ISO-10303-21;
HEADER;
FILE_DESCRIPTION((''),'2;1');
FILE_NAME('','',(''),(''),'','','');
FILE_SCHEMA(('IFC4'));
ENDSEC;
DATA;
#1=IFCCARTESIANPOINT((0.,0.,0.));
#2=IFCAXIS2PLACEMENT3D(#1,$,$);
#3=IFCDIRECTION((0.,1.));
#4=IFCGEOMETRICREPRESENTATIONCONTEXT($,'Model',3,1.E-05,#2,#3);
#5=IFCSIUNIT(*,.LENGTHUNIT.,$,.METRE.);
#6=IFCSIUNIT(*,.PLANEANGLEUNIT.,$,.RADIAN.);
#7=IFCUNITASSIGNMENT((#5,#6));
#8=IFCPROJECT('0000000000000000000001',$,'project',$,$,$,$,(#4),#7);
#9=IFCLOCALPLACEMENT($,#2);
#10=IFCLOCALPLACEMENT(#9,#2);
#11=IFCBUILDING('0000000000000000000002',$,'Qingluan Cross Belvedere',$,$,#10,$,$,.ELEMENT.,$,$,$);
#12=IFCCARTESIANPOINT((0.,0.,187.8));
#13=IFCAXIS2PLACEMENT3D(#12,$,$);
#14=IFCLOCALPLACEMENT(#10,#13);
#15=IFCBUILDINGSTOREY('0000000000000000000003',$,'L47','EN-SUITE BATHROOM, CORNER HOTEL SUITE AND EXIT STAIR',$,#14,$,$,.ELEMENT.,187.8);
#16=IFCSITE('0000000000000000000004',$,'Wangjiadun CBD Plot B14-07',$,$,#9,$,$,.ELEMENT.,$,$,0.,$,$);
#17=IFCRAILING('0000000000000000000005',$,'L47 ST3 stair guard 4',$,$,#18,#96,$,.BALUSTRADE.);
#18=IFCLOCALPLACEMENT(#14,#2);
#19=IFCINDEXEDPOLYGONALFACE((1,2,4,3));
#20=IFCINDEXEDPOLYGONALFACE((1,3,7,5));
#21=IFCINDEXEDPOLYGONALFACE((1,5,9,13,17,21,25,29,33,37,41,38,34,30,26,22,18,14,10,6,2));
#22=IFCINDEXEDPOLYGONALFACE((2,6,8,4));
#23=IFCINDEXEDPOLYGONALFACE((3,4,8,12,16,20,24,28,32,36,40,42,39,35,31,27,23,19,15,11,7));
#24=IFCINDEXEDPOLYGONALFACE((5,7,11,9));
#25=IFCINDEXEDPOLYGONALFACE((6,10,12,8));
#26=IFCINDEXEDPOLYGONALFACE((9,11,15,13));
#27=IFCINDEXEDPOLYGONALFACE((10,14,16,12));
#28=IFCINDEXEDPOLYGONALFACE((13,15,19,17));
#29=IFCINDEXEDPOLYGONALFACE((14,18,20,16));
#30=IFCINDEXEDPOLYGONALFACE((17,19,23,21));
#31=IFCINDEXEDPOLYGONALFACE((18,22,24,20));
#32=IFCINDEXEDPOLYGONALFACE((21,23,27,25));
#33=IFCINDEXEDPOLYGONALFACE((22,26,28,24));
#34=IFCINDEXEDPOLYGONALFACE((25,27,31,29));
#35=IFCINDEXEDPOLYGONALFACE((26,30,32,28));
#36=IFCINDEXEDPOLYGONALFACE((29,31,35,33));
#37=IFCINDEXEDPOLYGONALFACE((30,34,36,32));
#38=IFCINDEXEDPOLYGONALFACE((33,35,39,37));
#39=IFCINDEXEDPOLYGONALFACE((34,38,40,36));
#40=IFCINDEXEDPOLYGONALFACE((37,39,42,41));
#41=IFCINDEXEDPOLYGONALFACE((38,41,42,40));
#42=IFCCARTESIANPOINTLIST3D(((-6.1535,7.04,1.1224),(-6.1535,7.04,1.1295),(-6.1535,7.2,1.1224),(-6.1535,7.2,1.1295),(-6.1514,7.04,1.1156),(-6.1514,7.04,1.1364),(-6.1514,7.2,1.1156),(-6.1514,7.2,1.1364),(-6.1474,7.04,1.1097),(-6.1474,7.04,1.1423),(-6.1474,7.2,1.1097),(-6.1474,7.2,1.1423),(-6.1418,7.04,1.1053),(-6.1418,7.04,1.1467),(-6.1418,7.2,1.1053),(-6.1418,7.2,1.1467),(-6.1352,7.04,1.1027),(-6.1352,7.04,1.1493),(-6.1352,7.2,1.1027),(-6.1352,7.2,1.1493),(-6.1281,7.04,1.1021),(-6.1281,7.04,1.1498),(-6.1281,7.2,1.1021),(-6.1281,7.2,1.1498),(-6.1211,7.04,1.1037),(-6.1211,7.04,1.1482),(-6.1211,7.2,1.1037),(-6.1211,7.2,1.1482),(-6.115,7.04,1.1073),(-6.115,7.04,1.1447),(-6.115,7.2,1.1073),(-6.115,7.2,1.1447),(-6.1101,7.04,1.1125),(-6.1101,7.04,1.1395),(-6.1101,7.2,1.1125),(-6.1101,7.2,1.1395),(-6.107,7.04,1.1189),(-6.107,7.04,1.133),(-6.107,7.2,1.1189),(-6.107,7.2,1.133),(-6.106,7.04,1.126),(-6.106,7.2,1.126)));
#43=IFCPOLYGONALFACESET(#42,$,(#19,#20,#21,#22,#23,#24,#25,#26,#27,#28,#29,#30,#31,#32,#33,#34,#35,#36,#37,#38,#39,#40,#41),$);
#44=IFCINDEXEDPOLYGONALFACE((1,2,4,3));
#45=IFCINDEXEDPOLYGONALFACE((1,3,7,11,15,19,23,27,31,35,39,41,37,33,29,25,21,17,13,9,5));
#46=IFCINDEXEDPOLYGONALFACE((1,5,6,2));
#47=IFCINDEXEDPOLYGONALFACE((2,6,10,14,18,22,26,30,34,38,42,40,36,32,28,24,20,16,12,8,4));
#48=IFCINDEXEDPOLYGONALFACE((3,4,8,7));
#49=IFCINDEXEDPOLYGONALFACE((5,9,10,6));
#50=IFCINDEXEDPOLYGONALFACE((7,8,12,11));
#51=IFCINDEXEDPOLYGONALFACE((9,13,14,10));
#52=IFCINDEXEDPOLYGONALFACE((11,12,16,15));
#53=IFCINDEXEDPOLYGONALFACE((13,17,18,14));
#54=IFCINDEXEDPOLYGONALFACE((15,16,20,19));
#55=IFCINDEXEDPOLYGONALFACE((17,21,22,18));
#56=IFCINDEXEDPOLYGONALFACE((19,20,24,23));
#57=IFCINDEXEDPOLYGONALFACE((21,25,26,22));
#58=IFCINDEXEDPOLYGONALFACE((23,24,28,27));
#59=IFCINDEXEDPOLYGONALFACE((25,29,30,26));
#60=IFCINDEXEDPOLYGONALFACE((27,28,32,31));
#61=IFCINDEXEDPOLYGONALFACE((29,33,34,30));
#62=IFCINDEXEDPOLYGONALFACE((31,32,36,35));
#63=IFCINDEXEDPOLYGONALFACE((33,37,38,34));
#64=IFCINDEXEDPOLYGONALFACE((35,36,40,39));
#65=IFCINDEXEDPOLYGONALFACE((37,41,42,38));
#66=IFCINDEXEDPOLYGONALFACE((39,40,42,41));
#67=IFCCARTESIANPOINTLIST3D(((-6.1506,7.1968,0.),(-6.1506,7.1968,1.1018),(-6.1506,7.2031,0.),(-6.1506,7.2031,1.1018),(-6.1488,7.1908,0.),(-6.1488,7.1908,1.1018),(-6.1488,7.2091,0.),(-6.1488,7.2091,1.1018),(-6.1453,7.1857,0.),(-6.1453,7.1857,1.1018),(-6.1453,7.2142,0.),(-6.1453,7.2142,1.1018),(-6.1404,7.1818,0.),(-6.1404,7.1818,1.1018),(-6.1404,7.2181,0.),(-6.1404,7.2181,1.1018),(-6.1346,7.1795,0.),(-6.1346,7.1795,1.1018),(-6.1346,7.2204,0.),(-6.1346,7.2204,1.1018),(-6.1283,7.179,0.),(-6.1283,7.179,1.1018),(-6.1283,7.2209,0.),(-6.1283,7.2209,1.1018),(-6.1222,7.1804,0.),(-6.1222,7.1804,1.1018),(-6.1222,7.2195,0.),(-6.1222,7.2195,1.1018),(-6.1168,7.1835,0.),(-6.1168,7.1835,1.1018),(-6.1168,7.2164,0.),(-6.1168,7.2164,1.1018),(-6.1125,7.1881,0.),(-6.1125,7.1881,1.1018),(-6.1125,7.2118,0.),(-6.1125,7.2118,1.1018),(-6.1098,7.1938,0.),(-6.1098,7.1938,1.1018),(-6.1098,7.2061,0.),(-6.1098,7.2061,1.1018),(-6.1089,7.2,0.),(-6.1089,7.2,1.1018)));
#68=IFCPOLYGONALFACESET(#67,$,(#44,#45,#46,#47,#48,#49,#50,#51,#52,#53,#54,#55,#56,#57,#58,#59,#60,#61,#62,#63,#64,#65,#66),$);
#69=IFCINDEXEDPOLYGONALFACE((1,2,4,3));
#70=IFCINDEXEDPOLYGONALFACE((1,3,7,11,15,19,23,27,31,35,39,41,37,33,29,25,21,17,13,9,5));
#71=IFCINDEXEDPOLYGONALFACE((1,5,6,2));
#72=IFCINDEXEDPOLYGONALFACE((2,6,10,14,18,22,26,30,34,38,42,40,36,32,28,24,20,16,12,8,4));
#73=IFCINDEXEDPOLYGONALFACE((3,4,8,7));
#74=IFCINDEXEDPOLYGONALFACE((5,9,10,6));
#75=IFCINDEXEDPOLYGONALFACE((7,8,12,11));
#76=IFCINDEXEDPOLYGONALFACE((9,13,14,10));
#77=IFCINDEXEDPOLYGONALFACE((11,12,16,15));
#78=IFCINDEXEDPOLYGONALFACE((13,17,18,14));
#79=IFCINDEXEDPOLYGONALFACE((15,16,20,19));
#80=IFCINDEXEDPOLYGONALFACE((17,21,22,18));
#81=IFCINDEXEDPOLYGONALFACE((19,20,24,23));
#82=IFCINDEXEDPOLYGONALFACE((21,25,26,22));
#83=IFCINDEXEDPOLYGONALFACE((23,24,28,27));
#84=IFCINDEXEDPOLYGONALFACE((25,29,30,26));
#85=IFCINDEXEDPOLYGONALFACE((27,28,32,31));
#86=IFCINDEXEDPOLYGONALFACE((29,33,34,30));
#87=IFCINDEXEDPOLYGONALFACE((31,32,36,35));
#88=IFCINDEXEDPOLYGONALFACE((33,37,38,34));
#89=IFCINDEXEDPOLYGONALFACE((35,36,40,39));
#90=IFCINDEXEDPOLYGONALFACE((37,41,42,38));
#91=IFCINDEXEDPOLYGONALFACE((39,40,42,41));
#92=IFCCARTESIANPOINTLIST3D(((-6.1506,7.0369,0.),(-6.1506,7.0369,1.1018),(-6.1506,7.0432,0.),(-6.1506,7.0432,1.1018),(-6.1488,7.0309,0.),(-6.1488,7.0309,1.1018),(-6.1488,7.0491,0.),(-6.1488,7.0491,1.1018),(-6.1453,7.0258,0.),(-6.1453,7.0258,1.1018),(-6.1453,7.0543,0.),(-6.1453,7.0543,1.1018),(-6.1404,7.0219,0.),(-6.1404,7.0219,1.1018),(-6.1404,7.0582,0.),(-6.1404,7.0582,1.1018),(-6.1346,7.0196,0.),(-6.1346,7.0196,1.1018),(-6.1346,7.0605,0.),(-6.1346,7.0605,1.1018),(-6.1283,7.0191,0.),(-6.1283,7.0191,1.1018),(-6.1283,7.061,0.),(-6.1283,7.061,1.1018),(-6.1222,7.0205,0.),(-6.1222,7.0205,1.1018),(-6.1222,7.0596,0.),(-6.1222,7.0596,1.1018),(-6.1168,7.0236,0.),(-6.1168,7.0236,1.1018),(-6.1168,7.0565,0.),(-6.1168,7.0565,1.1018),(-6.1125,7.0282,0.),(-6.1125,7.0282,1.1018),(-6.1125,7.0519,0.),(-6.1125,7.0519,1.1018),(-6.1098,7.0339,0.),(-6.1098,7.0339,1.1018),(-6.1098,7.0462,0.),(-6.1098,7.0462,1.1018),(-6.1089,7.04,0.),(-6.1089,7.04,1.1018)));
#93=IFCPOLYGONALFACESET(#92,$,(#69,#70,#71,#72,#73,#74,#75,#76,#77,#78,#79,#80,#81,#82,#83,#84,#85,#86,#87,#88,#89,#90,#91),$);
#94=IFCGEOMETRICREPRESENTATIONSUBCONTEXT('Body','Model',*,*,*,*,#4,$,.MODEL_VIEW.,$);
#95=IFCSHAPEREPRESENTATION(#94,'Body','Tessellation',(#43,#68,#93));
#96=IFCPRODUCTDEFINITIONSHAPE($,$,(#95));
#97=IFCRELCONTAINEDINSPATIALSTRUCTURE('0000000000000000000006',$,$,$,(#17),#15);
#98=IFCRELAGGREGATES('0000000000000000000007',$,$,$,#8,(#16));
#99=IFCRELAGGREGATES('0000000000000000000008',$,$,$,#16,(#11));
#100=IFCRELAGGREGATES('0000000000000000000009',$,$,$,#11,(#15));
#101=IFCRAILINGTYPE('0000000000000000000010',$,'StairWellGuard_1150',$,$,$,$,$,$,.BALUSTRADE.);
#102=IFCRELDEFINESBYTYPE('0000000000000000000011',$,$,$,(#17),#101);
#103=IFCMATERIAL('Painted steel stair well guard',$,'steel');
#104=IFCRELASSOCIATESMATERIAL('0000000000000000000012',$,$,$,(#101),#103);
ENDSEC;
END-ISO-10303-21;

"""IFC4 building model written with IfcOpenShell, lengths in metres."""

from ifc_helpers import new_model, si_unit, direction, frame, origin, origin_2d, place, context, subcontext, project, spatial, circle, extrude, material, type_object, element, save


model = new_model("IFC4")

# Units and contexts
model_context = context("Model", 3, precision=1e-05, world=origin(), true_north=direction((0.0, 1.0)))
body_context = subcontext(model_context, "Body", "Model", "MODEL_VIEW")
ifc_project = project(units=[si_unit("LENGTHUNIT", "METRE"), si_unit("PLANEANGLEUNIT", "RADIAN")], contexts=[model_context])

# Site, building, storey
site_placement = place(None, origin())
site = spatial("IfcSite", under=ifc_project, at=site_placement, Name="Wangjiadun CBD Plot B14-07", CompositionType="ELEMENT", RefElevation=0.0)
building_placement = place(site_placement, origin())
building = spatial("IfcBuilding", under=site, at=building_placement, Name="Qingluan Cross Belvedere", CompositionType="ELEMENT")
storey_placement = place(building_placement, frame((0.0, 0.0, 187.8)))
storey = spatial("IfcBuildingStorey", under=building, at=storey_placement, Name="L47", Description="EN-SUITE BATHROOM, CORNER HOTEL SUITE AND EXIT STAIR", CompositionType="ELEMENT", Elevation=187.8)

# Railing
ifc_material_1 = material(Name="Painted steel stair well guard", Category="steel")
railing_type_1 = type_object("IfcRailingType", Name="StairWellGuard_1150", PredefinedType="BALUSTRADE", material=ifc_material_1)
railing_1_placement = place(storey_placement, frame((-6.1299, 7.2, 0.0)))
element("IfcRailing", 1, at=railing_1_placement, inside=storey, type_object=railing_type_1, Name="L47 ST3 stair guard 4", PredefinedType="BALUSTRADE", context=body_context, shape_type="SweptSolid", body=[
    extrude(circle(Radius=0.0239, at=origin_2d()), frame((0.0, 0.0, 1.126), z_axis=(0.0, -1.0, 0.0), x_axis=(1.0, 0.0, 0.0)), (0.0, 0.0, 1.0), 0.1599),
    extrude(circle(Radius=0.021, at=origin_2d()), origin(), (0.0, 0.0, 1.0), 1.1018),
    extrude(circle(Radius=0.021, at=origin_2d()), frame((0.0, -0.1599, 0.0)), (0.0, 0.0, 1.0), 1.1018),
])

save(model, "model.ifc")
